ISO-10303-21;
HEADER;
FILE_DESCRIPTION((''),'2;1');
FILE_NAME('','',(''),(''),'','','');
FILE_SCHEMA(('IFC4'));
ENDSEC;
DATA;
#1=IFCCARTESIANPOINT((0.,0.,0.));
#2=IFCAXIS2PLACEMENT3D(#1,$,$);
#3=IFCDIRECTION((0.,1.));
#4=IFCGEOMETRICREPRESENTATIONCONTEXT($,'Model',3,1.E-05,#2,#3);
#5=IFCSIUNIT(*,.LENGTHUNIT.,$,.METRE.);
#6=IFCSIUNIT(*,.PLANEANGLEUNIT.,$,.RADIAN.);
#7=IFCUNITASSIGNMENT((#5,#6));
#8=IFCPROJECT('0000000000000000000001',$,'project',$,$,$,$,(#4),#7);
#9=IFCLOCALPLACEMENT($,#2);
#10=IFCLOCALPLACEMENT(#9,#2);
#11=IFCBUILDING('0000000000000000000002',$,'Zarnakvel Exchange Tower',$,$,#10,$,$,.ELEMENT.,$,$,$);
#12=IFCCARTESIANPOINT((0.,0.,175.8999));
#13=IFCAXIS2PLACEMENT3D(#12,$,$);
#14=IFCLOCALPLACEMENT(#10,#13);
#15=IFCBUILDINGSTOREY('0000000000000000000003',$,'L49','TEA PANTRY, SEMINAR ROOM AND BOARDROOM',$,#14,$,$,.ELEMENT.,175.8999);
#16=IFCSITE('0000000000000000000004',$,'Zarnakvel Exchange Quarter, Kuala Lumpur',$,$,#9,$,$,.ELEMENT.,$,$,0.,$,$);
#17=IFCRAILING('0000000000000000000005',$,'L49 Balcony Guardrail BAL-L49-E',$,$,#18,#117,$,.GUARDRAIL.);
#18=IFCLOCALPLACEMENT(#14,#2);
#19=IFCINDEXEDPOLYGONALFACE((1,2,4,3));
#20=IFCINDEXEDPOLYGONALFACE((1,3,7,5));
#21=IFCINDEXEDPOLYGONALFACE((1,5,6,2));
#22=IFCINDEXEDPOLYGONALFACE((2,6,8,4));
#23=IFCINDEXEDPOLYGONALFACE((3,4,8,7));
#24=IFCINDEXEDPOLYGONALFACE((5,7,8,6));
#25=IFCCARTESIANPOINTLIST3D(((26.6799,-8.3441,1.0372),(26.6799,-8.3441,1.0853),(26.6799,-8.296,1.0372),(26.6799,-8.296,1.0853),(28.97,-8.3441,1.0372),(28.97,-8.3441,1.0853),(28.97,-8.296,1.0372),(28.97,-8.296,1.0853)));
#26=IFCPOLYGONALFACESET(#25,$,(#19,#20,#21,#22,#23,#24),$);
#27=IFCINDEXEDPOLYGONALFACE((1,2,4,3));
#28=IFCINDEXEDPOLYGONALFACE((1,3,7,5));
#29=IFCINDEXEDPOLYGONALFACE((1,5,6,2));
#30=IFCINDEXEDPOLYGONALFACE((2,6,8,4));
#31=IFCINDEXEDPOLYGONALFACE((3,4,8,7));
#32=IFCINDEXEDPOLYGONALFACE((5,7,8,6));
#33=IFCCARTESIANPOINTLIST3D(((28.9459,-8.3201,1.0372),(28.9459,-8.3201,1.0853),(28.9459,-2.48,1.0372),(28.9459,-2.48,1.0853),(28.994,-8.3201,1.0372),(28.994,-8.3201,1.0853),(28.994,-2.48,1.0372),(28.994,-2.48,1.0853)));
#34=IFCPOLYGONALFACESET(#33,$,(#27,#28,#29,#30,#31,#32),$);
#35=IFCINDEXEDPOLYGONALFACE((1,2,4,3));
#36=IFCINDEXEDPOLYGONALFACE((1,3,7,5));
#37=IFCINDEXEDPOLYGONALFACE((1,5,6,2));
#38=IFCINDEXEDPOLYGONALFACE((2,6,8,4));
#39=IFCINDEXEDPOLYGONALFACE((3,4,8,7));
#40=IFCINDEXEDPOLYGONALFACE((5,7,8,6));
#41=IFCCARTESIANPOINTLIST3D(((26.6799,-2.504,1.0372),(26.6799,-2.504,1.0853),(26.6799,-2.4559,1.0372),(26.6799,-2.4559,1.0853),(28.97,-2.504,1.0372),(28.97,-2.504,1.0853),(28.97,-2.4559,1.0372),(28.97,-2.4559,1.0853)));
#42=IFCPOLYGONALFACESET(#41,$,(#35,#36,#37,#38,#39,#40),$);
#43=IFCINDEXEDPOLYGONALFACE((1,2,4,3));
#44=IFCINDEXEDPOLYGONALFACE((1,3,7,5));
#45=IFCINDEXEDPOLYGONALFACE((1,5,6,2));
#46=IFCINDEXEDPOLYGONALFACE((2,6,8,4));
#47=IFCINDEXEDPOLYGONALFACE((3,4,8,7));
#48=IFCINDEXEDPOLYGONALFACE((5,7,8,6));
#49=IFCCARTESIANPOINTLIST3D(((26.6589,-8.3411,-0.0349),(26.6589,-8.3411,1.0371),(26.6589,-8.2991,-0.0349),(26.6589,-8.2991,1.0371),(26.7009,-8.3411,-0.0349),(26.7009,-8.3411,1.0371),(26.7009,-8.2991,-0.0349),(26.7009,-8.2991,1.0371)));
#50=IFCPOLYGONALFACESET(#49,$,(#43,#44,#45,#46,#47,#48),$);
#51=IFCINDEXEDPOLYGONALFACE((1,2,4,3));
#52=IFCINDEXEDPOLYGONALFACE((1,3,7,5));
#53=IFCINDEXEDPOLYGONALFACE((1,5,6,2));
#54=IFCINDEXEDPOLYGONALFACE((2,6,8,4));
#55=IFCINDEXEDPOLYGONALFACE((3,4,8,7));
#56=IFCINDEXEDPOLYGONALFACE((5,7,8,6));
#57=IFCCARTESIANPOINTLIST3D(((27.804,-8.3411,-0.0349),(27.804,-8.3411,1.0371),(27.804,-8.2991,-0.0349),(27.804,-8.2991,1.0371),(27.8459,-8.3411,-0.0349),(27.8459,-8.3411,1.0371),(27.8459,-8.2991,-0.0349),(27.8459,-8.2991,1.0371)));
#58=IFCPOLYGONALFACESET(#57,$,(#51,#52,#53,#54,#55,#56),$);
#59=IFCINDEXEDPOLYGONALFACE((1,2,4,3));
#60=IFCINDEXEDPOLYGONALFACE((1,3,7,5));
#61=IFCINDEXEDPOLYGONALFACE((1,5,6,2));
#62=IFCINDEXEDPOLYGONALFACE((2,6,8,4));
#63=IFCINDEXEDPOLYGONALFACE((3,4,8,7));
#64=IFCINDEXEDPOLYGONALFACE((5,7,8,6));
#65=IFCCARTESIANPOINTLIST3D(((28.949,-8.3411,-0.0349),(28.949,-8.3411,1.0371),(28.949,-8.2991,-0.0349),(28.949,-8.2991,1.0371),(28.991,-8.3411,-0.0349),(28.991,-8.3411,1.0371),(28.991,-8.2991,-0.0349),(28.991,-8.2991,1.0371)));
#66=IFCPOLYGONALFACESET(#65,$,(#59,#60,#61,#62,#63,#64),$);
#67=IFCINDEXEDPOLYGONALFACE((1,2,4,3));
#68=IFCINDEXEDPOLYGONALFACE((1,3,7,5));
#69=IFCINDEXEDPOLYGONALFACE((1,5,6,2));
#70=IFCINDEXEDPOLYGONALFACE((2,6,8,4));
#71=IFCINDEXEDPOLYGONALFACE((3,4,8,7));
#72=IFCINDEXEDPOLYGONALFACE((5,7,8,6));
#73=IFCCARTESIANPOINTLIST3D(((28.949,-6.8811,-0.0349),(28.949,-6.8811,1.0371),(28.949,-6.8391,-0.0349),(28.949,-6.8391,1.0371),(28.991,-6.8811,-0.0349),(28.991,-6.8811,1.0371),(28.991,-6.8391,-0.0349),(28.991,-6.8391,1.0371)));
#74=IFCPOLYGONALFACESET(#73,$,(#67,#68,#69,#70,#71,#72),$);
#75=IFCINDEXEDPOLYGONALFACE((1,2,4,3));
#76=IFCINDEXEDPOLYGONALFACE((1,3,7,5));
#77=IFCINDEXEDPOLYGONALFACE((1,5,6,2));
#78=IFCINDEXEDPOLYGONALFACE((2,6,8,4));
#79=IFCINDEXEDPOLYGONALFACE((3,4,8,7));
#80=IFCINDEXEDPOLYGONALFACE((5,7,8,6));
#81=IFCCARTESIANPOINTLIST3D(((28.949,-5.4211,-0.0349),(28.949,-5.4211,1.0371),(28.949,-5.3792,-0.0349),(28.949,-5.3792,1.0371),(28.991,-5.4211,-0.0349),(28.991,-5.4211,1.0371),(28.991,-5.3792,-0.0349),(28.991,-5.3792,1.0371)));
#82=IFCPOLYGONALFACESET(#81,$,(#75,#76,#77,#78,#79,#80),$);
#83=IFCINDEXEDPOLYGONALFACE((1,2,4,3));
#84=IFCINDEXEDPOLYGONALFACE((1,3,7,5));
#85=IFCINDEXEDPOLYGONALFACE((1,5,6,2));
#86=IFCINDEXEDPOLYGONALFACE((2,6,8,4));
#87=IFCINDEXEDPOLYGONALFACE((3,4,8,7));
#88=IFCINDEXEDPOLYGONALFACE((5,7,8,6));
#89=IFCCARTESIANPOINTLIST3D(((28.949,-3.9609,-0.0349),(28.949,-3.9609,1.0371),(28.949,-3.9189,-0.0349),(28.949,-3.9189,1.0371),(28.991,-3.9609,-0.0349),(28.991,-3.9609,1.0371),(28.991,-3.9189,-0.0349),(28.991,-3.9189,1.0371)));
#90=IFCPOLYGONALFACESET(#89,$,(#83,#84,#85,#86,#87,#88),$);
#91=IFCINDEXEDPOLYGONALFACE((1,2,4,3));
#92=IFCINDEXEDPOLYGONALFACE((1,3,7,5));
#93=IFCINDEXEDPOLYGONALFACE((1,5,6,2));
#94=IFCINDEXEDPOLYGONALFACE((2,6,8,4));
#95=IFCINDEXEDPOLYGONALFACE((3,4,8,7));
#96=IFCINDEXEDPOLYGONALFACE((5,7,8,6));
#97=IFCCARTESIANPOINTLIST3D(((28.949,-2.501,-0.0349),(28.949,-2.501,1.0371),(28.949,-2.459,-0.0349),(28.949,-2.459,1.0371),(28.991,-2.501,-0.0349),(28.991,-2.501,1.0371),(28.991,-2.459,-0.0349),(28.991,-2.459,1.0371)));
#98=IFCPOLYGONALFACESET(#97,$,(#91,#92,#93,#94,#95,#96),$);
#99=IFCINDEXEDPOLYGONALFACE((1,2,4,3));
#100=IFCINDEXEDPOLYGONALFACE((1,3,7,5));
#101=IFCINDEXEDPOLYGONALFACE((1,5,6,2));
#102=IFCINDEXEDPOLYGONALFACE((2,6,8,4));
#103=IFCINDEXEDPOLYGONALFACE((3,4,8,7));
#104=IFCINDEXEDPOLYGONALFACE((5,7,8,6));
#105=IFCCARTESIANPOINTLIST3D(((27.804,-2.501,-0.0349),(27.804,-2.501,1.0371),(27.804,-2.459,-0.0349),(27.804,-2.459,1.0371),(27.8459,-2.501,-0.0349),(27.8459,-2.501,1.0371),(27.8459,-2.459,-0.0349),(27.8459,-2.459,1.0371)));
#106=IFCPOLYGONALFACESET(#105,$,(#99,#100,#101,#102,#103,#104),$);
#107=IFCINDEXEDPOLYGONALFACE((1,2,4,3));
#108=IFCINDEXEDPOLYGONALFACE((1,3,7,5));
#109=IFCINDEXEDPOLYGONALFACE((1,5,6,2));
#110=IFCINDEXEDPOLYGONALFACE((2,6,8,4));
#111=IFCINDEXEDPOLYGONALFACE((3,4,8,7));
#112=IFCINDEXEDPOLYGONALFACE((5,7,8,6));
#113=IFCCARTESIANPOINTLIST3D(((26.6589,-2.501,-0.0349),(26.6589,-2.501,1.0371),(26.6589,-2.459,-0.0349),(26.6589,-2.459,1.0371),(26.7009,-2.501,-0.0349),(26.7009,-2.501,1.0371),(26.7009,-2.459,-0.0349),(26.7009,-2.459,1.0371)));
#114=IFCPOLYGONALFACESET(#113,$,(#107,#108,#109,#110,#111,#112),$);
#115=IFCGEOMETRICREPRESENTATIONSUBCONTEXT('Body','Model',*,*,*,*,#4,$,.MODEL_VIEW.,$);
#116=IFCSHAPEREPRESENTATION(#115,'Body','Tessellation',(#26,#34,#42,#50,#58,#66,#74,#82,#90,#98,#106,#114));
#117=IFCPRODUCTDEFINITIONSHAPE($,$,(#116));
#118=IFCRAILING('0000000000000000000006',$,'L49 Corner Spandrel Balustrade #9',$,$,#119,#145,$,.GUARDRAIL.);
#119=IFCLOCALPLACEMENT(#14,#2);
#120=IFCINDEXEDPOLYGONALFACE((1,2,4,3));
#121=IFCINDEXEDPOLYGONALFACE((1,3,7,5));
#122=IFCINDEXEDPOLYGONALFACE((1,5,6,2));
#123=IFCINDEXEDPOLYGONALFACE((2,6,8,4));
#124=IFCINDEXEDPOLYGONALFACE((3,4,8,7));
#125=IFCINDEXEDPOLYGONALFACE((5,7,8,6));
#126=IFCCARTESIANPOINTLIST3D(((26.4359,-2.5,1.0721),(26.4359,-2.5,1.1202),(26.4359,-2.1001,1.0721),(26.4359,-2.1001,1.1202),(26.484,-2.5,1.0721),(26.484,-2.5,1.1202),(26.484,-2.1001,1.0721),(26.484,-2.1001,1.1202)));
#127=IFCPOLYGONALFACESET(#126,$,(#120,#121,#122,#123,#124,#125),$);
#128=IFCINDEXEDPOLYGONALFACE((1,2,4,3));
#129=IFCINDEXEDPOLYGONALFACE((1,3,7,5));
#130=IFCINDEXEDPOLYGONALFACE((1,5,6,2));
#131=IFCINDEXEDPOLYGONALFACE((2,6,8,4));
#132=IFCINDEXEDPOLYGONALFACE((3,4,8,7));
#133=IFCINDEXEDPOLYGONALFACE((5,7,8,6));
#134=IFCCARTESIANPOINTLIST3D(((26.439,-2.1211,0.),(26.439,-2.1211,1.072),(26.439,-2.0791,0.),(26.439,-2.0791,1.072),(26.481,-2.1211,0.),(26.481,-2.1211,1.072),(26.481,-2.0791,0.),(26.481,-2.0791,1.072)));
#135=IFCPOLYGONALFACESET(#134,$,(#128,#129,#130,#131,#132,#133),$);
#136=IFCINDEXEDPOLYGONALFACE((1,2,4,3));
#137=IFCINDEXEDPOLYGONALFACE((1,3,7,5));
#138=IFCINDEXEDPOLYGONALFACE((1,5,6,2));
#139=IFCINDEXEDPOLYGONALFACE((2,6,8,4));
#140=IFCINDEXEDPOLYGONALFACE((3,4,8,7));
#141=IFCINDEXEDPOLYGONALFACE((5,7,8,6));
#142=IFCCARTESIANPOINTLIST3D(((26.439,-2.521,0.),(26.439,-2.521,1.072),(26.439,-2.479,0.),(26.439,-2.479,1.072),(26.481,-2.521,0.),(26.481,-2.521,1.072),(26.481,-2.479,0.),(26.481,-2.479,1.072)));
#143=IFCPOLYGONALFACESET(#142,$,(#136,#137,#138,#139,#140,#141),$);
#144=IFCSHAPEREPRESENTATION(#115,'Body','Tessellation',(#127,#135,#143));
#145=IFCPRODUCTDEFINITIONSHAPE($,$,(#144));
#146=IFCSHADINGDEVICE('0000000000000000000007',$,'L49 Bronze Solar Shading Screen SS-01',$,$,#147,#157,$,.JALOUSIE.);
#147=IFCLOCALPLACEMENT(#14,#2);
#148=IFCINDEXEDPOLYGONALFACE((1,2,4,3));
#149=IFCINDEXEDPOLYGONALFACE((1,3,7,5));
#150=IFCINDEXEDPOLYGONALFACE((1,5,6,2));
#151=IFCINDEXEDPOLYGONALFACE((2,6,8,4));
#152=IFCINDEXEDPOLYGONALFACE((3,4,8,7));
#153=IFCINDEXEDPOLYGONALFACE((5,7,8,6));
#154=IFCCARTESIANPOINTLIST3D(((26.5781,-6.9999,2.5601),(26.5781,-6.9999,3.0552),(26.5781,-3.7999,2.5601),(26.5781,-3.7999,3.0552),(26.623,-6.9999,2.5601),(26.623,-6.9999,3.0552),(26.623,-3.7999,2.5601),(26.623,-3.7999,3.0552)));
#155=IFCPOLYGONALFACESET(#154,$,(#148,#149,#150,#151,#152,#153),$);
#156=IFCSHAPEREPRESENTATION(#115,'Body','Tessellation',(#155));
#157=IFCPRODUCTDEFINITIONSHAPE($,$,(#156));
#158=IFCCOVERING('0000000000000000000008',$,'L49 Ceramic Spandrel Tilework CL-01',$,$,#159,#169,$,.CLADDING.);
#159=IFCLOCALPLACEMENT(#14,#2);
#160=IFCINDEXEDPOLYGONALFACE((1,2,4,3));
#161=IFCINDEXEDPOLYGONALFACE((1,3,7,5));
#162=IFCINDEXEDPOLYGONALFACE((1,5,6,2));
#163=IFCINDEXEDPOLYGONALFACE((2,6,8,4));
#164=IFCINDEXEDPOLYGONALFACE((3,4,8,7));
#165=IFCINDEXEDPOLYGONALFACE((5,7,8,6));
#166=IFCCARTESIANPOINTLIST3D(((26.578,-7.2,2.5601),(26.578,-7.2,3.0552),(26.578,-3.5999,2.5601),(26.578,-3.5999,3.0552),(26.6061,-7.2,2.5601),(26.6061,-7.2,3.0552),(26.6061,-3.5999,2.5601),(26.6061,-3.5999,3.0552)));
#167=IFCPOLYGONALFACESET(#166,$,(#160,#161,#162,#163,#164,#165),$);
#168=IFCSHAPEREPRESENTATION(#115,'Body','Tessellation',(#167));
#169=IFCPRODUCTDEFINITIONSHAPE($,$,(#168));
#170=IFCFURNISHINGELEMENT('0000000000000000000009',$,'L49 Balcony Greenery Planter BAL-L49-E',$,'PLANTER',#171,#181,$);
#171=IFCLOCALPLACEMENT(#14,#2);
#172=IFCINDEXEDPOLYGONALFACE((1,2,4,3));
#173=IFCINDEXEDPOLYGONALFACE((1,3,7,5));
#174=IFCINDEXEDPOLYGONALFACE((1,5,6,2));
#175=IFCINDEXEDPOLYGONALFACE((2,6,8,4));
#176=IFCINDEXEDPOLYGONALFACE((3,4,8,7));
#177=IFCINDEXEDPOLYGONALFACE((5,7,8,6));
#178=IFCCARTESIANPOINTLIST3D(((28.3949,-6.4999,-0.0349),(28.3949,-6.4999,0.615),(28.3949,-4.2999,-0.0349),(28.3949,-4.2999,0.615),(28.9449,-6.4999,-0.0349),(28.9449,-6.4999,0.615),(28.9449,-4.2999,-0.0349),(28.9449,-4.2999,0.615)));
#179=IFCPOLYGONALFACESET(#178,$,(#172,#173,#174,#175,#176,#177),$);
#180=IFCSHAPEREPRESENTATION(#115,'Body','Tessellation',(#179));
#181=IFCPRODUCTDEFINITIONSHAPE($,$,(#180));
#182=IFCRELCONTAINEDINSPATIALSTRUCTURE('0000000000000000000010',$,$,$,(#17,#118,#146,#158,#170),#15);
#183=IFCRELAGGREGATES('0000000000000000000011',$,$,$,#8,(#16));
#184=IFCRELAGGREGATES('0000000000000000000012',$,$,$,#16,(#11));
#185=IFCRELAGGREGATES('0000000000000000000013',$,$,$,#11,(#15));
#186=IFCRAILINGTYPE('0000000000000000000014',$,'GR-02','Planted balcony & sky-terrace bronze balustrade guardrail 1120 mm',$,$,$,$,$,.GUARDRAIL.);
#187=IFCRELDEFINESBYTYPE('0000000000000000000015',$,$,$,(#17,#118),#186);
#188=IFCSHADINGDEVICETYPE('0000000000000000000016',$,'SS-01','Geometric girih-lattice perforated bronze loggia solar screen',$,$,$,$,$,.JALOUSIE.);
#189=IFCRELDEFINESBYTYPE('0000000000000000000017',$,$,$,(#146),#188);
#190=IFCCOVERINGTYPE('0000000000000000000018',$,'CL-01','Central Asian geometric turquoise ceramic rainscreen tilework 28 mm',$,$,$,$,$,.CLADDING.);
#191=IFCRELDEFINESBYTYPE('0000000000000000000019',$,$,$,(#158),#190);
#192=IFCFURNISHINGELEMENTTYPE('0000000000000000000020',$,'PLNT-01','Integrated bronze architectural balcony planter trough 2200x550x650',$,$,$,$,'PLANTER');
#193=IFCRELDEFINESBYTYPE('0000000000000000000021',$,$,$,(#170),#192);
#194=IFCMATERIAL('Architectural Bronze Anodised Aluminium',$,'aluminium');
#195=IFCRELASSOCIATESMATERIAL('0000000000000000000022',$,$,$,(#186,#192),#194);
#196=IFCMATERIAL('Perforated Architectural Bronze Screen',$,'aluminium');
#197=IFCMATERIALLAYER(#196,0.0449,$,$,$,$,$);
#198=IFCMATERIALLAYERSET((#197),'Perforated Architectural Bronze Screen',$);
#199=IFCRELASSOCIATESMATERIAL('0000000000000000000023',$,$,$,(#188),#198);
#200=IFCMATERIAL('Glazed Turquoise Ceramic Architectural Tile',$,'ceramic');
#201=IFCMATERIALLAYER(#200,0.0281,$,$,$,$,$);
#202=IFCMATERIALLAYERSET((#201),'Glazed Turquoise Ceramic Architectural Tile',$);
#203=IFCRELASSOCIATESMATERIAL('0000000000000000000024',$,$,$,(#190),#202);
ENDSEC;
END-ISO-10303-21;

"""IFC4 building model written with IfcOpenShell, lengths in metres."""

from ifc_helpers import new_model, si_unit, direction, frame, origin, origin_2d, place, context, subcontext, project, spatial, rectangle, extrude, source, transform, mapped, material, layer, layer_set, type_object, element, save


model = new_model("IFC4")

# Units and contexts
model_context = context("Model", 3, precision=1e-05, world=origin(), true_north=direction((0.0, 1.0)))
body_context = subcontext(model_context, "Body", "Model", "MODEL_VIEW")
ifc_project = project(units=[si_unit("LENGTHUNIT", "METRE"), si_unit("PLANEANGLEUNIT", "RADIAN")], contexts=[model_context])

# Site, building, storey
site_placement = place(None, origin())
site = spatial("IfcSite", under=ifc_project, at=site_placement, Name="Zarnakvel Exchange Quarter, Kuala Lumpur", CompositionType="ELEMENT", RefElevation=0.0)
building_placement = place(site_placement, origin())
building = spatial("IfcBuilding", under=site, at=building_placement, Name="Zarnakvel Exchange Tower", CompositionType="ELEMENT")
storey_placement = place(building_placement, frame((0.0, 0.0, 175.8999)))
storey = spatial("IfcBuildingStorey", under=building, at=storey_placement, Name="L49", Description="TEA PANTRY, SEMINAR ROOM AND BOARDROOM", CompositionType="ELEMENT", Elevation=175.8999)

# Shared definitions
ifc_material_1 = material(Name="Architectural Bronze Anodised Aluminium", Category="aluminium")

# Railings
railing_type = type_object("IfcRailingType", Name="GR-02", Description="Planted balcony & sky-terrace bronze balustrade guardrail 1120 mm", PredefinedType="GUARDRAIL", material=ifc_material_1)
railing_1_placement = place(storey_placement, frame((26.6799, -8.3201, -0.0349)))
element("IfcRailing", 1, at=railing_1_placement, inside=storey, type_object=railing_type, Name="L49 Balcony Guardrail BAL-L49-E", PredefinedType="GUARDRAIL", context=body_context, shape_type="SweptSolid", body=[
    extrude(rectangle(XDim=0.0481, YDim=0.0481, at=origin_2d()), frame((0.0, 0.0, 1.0962), z_axis=(1.0, 0.0, 0.0), x_axis=(0.0, 1.0, 0.0)), (0.0, 0.0, 1.0), 2.29),
    extrude(rectangle(XDim=0.0481, YDim=0.0481, at=origin_2d()), frame((2.29, 0.0, 1.0962), z_axis=(0.0, 1.0, 0.0), x_axis=(-1.0, 0.0, 0.0)), (0.0, 0.0, 1.0), 5.8401),
    extrude(rectangle(XDim=0.0481, YDim=0.0481, at=origin_2d()), frame((2.29, 5.8401, 1.0962), z_axis=(-1.0, 0.0, 0.0), x_axis=(0.0, -1.0, 0.0)), (0.0, 0.0, 1.0), 2.29),
    extrude(rectangle(XDim=0.042, YDim=0.042, at=origin_2d()), origin(), (0.0, 0.0, 1.0), 1.072),
    extrude(rectangle(XDim=0.042, YDim=0.042, at=origin_2d()), frame((1.145, 0.0, 0.0)), (0.0, 0.0, 1.0), 1.072),
    extrude(rectangle(XDim=0.042, YDim=0.042, at=origin_2d()), frame((2.29, 0.0, 0.0)), (0.0, 0.0, 1.0), 1.072),
    extrude(rectangle(XDim=0.042, YDim=0.042, at=origin_2d()), frame((2.29, 1.46, 0.0)), (0.0, 0.0, 1.0), 1.072),
    extrude(rectangle(XDim=0.042, YDim=0.042, at=origin_2d()), frame((2.29, 2.9199, 0.0)), (0.0, 0.0, 1.0), 1.072),
    extrude(rectangle(XDim=0.042, YDim=0.042, at=origin_2d()), frame((2.29, 4.3801, 0.0)), (0.0, 0.0, 1.0), 1.072),
    extrude(rectangle(XDim=0.042, YDim=0.042, at=origin_2d()), frame((2.29, 5.8401, 0.0)), (0.0, 0.0, 1.0), 1.072),
    extrude(rectangle(XDim=0.042, YDim=0.042, at=origin_2d()), frame((1.145, 5.8401, 0.0)), (0.0, 0.0, 1.0), 1.072),
    extrude(rectangle(XDim=0.042, YDim=0.042, at=origin_2d()), frame((0.0, 5.8401, 0.0)), (0.0, 0.0, 1.0), 1.072),
])
railing_2_placement = place(storey_placement, frame((26.46, -2.1001, 0.0)))
element("IfcRailing", 2, at=railing_2_placement, inside=storey, type_object=railing_type, Name="L49 Corner Spandrel Balustrade #9", PredefinedType="GUARDRAIL", context=body_context, shape_type="SweptSolid", body=[
    extrude(rectangle(XDim=0.0481, YDim=0.0481, at=origin_2d()), frame((0.0, 0.0, 1.0962), z_axis=(0.0, -1.0, 0.0), x_axis=(1.0, 0.0, 0.0)), (0.0, 0.0, 1.0), 0.3999),
    extrude(rectangle(XDim=0.042, YDim=0.042, at=origin_2d()), origin(), (0.0, 0.0, 1.0), 1.072),
    extrude(rectangle(XDim=0.042, YDim=0.042, at=origin_2d()), frame((0.0, -0.3999, 0.0)), (0.0, 0.0, 1.0), 1.072),
])

# Shading device
ifc_material_2 = material(Name="Perforated Architectural Bronze Screen", Category="aluminium")
ifc_layer_1 = layer(ifc_material_2, 0.0449)
ifc_layer_set_1 = layer_set([ifc_layer_1], Name="Perforated Architectural Bronze Screen")
shading_device_type = type_object("IfcShadingDeviceType", Name="SS-01", Description="Geometric girih-lattice perforated bronze loggia solar screen", PredefinedType="JALOUSIE", material=ifc_layer_set_1)
shared_shape_1 = source(origin(), body_context, "Body", "SweptSolid", [
    extrude(rectangle(XDim=3.2, YDim=0.0449, at=origin_2d()), origin(), (0.0, 0.0, 1.0), 0.4951),
])
shading_device_placement = place(storey_placement, frame((26.6006, -5.3999, 2.5601), z_axis=(0.0, 0.0, 1.0), x_axis=(0.0, -1.0, 0.0)))
element("IfcShadingDevice", 3, at=shading_device_placement, inside=storey, type_object=shading_device_type, Name="L49 Bronze Solar Shading Screen SS-01", PredefinedType="JALOUSIE", context=body_context, shape_type="MappedRepresentation", body=[
    mapped(shared_shape_1, transform((0.0, 0.0, 0.0), x_axis=(1.0, 0.0, 0.0), y_axis=(0.0, 1.0, 0.0), z_axis=(0.0, 0.0, 1.0), scale=1.0)),
])

# Covering
ifc_material_3 = material(Name="Glazed Turquoise Ceramic Architectural Tile", Category="ceramic")
ifc_layer_2 = layer(ifc_material_3, 0.0281)
ifc_layer_set_2 = layer_set([ifc_layer_2], Name="Glazed Turquoise Ceramic Architectural Tile")
covering_type = type_object("IfcCoveringType", Name="CL-01", Description="Central Asian geometric turquoise ceramic rainscreen tilework 28 mm", PredefinedType="CLADDING", material=ifc_layer_set_2)
shared_shape_2 = source(origin(), body_context, "Body", "SweptSolid", [
    extrude(rectangle(XDim=3.6001, YDim=0.0281, at=origin_2d()), origin(), (0.0, 0.0, 1.0), 0.4951),
])
covering_placement = place(storey_placement, frame((26.592, -5.3999, 2.5601), z_axis=(0.0, 0.0, 1.0), x_axis=(0.0, -1.0, 0.0)))
element("IfcCovering", 4, at=covering_placement, inside=storey, type_object=covering_type, Name="L49 Ceramic Spandrel Tilework CL-01", PredefinedType="CLADDING", context=body_context, shape_type="MappedRepresentation", body=[
    mapped(shared_shape_2, transform((0.0, 0.0, 0.0), x_axis=(1.0, 0.0, 0.0), y_axis=(0.0, 1.0, 0.0), z_axis=(0.0, 0.0, 1.0), scale=1.0)),
])

# Furnishing element
furnishing_element_type = type_object("IfcFurnishingElementType", Name="PLNT-01", Description="Integrated bronze architectural balcony planter trough 2200x550x650", ElementType="PLANTER", material=ifc_material_1)
shared_shape_3 = source(origin(), body_context, "Body", "SweptSolid", [
    extrude(rectangle(XDim=2.2, YDim=0.55, at=origin_2d()), origin(), (0.0, 0.0, 1.0), 0.6499),
])
furnishing_placement = place(storey_placement, frame((28.6699, -5.3999, -0.0349), z_axis=(0.0, 0.0, 1.0), x_axis=(0.0, 1.0, 0.0)))
element("IfcFurnishingElement", 5, at=furnishing_placement, inside=storey, type_object=furnishing_element_type, Name="L49 Balcony Greenery Planter BAL-L49-E", ObjectType="PLANTER", context=body_context, shape_type="MappedRepresentation", body=[
    mapped(shared_shape_3, transform((0.0, 0.0, 0.0), x_axis=(1.0, 0.0, 0.0), y_axis=(0.0, 1.0, 0.0), z_axis=(0.0, 0.0, 1.0), scale=1.0)),
])

save(model, "model.ifc")
